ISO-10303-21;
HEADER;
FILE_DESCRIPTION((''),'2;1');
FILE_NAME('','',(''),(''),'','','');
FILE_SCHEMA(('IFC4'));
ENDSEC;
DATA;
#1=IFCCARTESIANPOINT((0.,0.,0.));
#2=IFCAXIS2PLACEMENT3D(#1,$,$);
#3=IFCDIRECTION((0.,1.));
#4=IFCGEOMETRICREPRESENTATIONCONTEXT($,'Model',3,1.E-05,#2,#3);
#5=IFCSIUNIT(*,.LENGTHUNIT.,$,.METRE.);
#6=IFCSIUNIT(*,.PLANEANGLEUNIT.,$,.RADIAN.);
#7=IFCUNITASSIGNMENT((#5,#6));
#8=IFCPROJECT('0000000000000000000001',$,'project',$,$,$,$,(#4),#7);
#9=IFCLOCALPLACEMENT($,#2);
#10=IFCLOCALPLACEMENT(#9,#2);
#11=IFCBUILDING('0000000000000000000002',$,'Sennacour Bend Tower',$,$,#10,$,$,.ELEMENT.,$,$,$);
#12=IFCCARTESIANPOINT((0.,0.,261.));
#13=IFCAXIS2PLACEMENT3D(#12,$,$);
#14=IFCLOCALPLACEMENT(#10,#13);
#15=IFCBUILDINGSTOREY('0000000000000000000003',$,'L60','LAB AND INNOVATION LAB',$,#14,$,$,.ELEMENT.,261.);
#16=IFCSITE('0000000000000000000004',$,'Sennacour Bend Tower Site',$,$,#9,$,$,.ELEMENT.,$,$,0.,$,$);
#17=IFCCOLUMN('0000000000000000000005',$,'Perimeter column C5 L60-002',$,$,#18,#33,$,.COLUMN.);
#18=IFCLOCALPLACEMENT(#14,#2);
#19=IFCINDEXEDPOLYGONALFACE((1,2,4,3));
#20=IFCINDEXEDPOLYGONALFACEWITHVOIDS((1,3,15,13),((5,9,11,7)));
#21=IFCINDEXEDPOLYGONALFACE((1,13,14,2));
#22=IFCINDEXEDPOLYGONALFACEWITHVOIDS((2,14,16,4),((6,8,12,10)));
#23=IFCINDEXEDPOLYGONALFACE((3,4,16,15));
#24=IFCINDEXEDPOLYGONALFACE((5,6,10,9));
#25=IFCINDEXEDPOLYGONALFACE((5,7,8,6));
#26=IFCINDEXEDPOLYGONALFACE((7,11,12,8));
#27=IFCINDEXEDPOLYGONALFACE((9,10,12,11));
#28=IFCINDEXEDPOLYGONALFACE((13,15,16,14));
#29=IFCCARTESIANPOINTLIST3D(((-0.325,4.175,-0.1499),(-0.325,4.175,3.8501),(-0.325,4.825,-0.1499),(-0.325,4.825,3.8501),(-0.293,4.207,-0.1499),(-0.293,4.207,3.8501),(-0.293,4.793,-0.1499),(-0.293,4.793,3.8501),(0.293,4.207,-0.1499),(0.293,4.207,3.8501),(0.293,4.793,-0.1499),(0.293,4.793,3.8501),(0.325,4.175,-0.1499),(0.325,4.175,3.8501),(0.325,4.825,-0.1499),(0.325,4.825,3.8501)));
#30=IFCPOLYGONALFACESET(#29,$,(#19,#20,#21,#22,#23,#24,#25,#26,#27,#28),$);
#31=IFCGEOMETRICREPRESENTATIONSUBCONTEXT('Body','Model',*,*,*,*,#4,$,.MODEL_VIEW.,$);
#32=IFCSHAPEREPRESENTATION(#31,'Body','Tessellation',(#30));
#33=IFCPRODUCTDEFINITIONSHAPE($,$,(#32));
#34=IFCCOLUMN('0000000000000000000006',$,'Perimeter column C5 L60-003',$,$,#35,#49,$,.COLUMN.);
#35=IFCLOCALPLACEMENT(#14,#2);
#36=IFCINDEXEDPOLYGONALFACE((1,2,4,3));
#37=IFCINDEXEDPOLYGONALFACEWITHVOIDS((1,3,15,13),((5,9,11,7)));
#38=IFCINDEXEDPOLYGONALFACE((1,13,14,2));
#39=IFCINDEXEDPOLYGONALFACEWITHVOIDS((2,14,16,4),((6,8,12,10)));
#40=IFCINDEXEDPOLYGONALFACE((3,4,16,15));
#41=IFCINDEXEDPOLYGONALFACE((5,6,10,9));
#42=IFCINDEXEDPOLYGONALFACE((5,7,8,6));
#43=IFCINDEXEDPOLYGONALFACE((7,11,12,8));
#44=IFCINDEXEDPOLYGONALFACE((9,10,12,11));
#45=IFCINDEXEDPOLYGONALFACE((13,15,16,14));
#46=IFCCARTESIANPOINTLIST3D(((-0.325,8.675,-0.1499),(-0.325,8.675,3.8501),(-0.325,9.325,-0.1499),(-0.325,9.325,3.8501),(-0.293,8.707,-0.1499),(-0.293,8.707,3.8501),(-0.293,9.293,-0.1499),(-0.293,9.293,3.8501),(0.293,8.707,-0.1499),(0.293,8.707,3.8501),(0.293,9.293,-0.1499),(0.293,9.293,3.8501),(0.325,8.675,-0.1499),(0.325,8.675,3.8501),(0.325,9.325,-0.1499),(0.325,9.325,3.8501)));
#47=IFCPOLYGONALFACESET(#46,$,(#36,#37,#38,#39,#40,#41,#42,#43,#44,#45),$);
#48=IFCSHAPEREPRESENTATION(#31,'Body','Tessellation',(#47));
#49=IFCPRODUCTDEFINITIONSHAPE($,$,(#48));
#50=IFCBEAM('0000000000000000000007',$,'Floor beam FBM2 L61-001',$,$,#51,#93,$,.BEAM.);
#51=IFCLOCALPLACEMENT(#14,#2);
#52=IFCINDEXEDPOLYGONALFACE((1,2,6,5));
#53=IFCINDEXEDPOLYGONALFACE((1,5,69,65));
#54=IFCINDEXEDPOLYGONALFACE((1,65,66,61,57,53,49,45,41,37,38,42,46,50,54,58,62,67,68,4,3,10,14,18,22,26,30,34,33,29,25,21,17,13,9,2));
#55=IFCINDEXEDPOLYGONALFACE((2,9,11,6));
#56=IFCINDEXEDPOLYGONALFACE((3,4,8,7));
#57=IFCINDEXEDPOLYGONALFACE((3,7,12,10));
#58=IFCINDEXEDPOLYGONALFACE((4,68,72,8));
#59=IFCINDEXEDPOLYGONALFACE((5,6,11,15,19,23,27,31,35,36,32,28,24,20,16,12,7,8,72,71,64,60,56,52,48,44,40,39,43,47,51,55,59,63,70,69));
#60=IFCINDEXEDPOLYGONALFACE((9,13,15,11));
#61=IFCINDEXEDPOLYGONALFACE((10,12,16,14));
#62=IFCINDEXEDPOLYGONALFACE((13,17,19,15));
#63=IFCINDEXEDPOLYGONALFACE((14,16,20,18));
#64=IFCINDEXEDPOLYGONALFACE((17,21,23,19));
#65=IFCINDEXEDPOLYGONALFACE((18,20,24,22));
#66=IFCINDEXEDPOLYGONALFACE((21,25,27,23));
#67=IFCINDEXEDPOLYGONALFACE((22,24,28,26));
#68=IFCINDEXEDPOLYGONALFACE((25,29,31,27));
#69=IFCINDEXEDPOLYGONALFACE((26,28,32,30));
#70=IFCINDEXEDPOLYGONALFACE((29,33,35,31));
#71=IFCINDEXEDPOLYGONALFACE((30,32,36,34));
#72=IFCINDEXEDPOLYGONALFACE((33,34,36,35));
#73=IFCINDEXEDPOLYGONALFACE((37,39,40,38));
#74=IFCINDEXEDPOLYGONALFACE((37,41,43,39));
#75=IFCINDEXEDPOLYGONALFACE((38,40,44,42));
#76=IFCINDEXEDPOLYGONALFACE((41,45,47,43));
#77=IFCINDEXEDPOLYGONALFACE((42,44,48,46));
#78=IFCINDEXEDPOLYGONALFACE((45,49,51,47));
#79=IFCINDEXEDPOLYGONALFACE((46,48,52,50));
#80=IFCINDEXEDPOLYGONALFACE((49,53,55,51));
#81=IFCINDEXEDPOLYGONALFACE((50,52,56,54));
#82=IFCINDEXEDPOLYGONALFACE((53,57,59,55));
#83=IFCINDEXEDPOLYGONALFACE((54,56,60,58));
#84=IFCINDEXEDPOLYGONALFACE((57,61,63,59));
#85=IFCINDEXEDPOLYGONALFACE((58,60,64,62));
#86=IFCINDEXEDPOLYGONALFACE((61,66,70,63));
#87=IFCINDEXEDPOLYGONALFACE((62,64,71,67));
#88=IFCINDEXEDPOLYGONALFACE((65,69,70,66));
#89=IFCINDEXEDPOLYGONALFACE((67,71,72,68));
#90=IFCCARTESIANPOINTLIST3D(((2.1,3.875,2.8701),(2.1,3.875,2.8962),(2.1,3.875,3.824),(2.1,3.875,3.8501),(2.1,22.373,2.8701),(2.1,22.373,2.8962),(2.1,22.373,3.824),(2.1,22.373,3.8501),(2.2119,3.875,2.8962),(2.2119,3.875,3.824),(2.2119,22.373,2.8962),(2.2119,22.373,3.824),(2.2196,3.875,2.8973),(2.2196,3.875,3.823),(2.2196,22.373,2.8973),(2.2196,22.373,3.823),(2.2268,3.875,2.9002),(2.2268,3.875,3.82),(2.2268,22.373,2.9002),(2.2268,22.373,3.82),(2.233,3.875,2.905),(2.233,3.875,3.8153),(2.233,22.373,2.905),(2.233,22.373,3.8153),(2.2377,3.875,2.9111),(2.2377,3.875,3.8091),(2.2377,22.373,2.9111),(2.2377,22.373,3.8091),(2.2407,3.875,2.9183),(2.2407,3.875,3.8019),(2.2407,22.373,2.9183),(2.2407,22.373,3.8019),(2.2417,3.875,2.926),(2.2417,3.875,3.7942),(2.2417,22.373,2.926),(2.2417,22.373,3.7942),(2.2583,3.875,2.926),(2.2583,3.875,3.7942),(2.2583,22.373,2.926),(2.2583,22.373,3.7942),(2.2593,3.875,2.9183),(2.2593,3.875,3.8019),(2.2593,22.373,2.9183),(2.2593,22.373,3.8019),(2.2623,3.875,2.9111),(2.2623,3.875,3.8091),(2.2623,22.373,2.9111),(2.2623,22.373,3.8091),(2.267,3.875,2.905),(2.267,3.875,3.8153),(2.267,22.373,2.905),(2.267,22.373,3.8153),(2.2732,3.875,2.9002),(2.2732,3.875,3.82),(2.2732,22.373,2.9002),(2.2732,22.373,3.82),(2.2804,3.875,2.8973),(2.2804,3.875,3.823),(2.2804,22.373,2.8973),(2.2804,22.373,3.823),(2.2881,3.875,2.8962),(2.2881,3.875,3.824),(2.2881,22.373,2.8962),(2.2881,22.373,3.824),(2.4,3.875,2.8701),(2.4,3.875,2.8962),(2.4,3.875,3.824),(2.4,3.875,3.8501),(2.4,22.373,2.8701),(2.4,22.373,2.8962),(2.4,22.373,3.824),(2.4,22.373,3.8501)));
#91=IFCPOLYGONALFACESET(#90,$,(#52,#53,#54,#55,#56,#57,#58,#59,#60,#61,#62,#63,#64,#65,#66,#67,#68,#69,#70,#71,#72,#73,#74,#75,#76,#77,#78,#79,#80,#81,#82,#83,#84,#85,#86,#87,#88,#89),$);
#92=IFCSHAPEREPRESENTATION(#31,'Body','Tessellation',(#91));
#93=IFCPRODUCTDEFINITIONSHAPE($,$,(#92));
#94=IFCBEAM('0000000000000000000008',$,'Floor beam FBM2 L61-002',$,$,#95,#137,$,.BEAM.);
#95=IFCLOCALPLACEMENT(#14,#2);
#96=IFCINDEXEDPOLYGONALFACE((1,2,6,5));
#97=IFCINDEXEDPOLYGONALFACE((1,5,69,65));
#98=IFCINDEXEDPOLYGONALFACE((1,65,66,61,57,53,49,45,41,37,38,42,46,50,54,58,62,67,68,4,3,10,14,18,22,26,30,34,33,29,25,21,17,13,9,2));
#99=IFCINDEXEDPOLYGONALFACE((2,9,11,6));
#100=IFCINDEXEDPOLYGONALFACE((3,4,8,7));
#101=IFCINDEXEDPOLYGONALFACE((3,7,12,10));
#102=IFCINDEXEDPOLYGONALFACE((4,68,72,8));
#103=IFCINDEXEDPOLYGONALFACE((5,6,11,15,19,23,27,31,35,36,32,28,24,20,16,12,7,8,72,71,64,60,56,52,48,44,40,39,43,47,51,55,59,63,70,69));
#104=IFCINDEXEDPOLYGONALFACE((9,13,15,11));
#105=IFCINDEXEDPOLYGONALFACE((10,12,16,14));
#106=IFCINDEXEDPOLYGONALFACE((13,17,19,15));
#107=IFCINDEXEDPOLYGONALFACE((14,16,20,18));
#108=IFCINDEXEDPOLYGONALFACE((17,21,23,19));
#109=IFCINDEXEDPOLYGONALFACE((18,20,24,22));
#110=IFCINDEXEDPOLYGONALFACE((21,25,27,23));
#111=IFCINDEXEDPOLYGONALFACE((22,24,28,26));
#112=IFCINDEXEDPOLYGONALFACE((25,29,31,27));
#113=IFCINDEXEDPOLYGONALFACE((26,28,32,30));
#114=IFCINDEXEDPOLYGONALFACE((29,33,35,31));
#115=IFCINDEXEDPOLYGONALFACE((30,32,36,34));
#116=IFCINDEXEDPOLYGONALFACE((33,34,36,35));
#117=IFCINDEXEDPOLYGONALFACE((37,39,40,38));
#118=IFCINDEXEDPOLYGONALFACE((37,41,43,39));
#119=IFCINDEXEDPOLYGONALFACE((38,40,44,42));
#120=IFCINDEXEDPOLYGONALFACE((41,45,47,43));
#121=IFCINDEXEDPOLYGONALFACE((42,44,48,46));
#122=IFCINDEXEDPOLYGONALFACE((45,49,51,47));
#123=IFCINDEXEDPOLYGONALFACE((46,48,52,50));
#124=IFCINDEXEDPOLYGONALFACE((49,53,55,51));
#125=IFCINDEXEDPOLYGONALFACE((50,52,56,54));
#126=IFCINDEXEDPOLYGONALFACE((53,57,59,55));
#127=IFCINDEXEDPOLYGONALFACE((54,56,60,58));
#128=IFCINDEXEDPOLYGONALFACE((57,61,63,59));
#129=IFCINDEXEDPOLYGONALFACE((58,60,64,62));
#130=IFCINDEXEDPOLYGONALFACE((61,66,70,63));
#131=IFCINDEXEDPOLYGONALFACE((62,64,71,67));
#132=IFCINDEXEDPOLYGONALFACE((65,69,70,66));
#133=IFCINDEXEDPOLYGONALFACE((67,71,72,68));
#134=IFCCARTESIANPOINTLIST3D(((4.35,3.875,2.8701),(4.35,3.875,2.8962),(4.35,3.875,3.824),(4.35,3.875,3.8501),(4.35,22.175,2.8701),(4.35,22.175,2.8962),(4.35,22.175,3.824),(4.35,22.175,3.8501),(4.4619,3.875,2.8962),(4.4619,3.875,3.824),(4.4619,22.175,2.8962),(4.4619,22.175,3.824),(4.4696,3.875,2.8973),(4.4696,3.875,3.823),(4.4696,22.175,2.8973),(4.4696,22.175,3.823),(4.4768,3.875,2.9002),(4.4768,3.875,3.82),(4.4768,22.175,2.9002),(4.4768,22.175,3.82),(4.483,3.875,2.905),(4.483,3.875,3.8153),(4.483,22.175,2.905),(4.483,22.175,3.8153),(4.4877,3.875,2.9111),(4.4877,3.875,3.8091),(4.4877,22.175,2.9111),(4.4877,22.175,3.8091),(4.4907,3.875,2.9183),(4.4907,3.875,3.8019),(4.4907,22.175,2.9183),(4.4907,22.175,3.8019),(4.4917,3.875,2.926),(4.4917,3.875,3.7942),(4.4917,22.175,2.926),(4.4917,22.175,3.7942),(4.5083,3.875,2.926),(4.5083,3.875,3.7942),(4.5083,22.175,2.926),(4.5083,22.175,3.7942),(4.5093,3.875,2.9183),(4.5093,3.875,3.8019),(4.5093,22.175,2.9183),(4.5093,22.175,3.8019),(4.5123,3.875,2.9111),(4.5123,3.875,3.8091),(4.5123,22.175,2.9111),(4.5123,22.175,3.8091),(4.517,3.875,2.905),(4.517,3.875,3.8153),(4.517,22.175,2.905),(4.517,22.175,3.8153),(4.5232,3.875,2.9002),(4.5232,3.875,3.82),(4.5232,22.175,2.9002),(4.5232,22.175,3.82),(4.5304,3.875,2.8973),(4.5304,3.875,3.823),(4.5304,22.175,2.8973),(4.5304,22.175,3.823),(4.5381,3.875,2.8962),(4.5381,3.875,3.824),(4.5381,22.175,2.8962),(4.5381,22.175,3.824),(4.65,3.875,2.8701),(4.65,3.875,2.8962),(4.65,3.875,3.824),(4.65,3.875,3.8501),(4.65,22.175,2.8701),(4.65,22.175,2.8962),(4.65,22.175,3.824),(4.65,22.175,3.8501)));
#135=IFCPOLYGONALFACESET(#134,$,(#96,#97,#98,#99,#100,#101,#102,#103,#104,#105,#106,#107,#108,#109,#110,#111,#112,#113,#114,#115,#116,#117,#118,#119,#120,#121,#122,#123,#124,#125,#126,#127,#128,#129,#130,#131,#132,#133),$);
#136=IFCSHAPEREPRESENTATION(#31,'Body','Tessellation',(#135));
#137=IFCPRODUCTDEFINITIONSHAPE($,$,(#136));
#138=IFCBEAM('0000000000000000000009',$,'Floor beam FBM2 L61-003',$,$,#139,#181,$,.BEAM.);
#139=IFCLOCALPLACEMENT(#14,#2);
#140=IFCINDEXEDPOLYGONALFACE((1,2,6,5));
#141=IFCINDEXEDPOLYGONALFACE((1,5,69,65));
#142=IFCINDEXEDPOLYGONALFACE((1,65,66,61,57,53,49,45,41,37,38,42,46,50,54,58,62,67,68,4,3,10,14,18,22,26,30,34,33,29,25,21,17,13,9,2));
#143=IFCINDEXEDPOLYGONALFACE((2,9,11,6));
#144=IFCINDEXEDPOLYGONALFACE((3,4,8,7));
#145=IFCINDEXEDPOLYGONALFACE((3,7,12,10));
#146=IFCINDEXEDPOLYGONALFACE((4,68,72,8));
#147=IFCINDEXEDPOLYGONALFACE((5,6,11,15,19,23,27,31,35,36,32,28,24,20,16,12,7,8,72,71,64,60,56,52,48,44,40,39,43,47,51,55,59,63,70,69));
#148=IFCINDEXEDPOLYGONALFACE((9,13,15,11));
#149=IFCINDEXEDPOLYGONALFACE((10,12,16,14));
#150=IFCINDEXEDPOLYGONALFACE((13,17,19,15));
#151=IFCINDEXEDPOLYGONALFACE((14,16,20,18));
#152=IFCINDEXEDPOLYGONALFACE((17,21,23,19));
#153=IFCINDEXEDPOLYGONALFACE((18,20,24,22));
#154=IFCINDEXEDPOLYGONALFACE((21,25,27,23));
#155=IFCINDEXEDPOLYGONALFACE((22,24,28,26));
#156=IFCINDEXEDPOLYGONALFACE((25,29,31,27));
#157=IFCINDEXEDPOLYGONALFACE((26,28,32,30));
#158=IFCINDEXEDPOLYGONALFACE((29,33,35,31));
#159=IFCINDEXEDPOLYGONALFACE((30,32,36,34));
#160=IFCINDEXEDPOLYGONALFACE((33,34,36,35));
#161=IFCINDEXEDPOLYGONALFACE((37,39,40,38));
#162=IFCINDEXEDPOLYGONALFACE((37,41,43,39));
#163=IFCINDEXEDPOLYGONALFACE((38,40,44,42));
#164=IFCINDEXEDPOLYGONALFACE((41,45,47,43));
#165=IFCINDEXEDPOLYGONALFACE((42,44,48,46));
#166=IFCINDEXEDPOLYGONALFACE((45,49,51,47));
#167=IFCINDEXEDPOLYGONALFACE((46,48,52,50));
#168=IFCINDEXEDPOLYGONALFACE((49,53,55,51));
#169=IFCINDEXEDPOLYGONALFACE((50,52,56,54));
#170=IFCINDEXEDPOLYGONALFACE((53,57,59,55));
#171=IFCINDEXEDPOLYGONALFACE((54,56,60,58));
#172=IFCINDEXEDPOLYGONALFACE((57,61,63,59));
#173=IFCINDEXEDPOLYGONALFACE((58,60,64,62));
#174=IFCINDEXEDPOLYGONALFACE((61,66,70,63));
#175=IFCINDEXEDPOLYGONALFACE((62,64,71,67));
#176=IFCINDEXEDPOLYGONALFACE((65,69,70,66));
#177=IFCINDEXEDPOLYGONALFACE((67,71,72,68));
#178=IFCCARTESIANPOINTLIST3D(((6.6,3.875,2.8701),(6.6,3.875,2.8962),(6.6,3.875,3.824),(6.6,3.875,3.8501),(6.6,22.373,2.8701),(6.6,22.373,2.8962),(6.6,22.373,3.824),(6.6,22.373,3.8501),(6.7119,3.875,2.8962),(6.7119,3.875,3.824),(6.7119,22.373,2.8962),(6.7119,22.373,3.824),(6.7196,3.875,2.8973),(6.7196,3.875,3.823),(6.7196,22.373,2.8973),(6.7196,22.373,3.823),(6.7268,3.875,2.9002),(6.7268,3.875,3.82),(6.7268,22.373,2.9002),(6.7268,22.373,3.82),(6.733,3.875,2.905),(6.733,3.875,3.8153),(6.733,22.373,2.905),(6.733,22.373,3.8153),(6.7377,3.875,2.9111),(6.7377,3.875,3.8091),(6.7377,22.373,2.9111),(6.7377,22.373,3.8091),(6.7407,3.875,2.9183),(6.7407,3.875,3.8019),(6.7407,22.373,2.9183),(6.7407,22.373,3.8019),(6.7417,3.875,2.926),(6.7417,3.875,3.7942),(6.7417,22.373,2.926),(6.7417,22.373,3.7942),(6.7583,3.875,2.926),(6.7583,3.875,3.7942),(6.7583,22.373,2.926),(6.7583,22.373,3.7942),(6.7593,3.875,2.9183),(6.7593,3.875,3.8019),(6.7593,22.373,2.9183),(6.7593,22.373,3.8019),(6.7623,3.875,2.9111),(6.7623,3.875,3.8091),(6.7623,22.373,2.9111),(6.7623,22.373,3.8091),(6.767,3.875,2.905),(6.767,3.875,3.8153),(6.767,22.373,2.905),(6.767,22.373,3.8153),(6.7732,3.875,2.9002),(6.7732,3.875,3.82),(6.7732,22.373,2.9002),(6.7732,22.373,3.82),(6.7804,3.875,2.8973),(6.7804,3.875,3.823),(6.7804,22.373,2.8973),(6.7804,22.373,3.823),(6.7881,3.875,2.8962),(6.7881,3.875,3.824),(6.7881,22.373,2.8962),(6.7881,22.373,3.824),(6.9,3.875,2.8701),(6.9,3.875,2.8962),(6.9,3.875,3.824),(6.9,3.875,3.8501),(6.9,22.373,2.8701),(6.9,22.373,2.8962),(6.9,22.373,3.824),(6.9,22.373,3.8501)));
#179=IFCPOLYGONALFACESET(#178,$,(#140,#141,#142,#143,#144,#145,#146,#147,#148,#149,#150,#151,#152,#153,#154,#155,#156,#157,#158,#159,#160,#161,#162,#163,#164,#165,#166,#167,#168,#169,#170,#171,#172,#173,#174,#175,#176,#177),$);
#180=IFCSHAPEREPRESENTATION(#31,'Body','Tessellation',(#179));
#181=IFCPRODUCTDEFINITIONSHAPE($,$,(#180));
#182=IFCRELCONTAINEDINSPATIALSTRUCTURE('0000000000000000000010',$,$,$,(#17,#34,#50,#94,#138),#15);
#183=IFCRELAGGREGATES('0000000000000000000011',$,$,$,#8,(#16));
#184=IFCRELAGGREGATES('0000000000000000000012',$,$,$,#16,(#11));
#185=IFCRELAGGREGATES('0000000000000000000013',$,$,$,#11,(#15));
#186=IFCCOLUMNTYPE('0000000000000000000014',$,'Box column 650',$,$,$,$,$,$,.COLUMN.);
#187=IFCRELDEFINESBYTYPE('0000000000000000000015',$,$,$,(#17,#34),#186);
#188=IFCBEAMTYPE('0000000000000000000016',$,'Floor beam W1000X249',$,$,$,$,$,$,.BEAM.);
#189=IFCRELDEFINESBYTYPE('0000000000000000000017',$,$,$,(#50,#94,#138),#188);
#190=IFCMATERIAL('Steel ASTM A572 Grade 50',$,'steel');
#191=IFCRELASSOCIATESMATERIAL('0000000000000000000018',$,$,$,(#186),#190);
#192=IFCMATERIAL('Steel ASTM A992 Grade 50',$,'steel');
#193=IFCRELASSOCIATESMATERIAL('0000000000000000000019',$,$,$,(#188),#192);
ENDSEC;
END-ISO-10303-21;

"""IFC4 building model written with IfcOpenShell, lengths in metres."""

from ifc_helpers import new_model, si_unit, direction, frame, origin, origin_2d, place, context, subcontext, project, spatial, hollow_rectangle, i_section, extrude, material, material_profile, profile_set, type_object, element, save


model = new_model("IFC4")

# Units and contexts
model_context = context("Model", 3, precision=1e-05, world=origin(), true_north=direction((0.0, 1.0)))
body_context = subcontext(model_context, "Body", "Model", "MODEL_VIEW")
ifc_project = project(units=[si_unit("LENGTHUNIT", "METRE"), si_unit("PLANEANGLEUNIT", "RADIAN")], contexts=[model_context])

# Site, building, storey
site_placement = place(None, origin())
site = spatial("IfcSite", under=ifc_project, at=site_placement, Name="Sennacour Bend Tower Site", CompositionType="ELEMENT", RefElevation=0.0)
building_placement = place(site_placement, origin())
building = spatial("IfcBuilding", under=site, at=building_placement, Name="Sennacour Bend Tower", CompositionType="ELEMENT")
storey_placement = place(building_placement, frame((0.0, 0.0, 261.0)))
storey = spatial("IfcBuildingStorey", under=building, at=storey_placement, Name="L60", Description="LAB AND INNOVATION LAB", CompositionType="ELEMENT", Elevation=261.0)

# Columns
ifc_material_1 = material(Name="Steel ASTM A572 Grade 50", Category="steel")
ifc_material_profile_1 = material_profile(ifc_material_1, hollow_rectangle(XDim=0.6499, YDim=0.6499, WallThickness=0.032, at=origin_2d()), Name="Steel ASTM A572 Grade 50", Category="steel")
ifc_profile_set_1 = profile_set([ifc_material_profile_1], Name="Steel ASTM A572 Grade 50")
column_type = type_object("IfcColumnType", Name="Box column 650", PredefinedType="COLUMN", material=ifc_profile_set_1)
for number, where, z_axis, x_axis, name in (
    (1, (0.0, 4.5, -0.1499), (0.0, 0.0, 1.0), (1.0, 0.0, 0.0), "Perimeter column C5 L60-002"),
    (2, (0.0, 9.0, -0.1499), (0.0, 0.0, 1.0), (1.0, 0.0, 0.0), "Perimeter column C5 L60-003"),
):
    element("IfcColumn", number, at=place(storey_placement, frame(where, z_axis=z_axis, x_axis=x_axis)), inside=storey, type_object=column_type, Name=name, PredefinedType="COLUMN", context=body_context, shape_type="SweptSolid", body=[
        extrude(hollow_rectangle(XDim=0.6499, YDim=0.6499, WallThickness=0.032, at=origin_2d()), origin(), (0.0, 0.0, 1.0), 4.0),
    ])

# Beams
ifc_material_2 = material(Name="Steel ASTM A992 Grade 50", Category="steel")
ifc_material_profile_2 = material_profile(ifc_material_2, i_section(OverallWidth=0.3, OverallDepth=0.98, WebThickness=0.0166, FlangeThickness=0.0261, FilletRadius=0.0298, at=origin_2d()), Name="Steel ASTM A992 Grade 50", Category="steel")
ifc_profile_set_2 = profile_set([ifc_material_profile_2], Name="Steel ASTM A992 Grade 50")
beam_type_1 = type_object("IfcBeamType", Name="Floor beam W1000X249", PredefinedType="BEAM", material=ifc_profile_set_2)
beam_1_placement = place(storey_placement, frame((2.25, 3.875, 3.3601), z_axis=(0.0, 1.0, 0.0), x_axis=(-1.0, 0.0, 0.0)))
element("IfcBeam", 3, at=beam_1_placement, inside=storey, type_object=beam_type_1, Name="Floor beam FBM2 L61-001", PredefinedType="BEAM", context=body_context, shape_type="SweptSolid", body=[
    extrude(i_section(OverallWidth=0.3, OverallDepth=0.98, WebThickness=0.0166, FlangeThickness=0.0261, FilletRadius=0.0298, at=origin_2d()), origin(), (0.0, 0.0, 1.0), 18.498),
])
beam_2_placement = place(storey_placement, frame((4.5, 3.875, 3.3601), z_axis=(0.0, 1.0, 0.0), x_axis=(-1.0, 0.0, 0.0)))
element("IfcBeam", 4, at=beam_2_placement, inside=storey, type_object=beam_type_1, Name="Floor beam FBM2 L61-002", PredefinedType="BEAM", context=body_context, shape_type="SweptSolid", body=[
    extrude(i_section(OverallWidth=0.3, OverallDepth=0.98, WebThickness=0.0166, FlangeThickness=0.0261, FilletRadius=0.0298, at=origin_2d()), origin(), (0.0, 0.0, 1.0), 18.3),
])
beam_3_placement = place(storey_placement, frame((6.75, 3.875, 3.3601), z_axis=(0.0, 1.0, 0.0), x_axis=(-1.0, 0.0, 0.0)))
element("IfcBeam", 5, at=beam_3_placement, inside=storey, type_object=beam_type_1, Name="Floor beam FBM2 L61-003", PredefinedType="BEAM", context=body_context, shape_type="SweptSolid", body=[
    extrude(i_section(OverallWidth=0.3, OverallDepth=0.98, WebThickness=0.0166, FlangeThickness=0.0261, FilletRadius=0.0298, at=origin_2d()), origin(), (0.0, 0.0, 1.0), 18.498),
])

save(model, "model.ifc")
